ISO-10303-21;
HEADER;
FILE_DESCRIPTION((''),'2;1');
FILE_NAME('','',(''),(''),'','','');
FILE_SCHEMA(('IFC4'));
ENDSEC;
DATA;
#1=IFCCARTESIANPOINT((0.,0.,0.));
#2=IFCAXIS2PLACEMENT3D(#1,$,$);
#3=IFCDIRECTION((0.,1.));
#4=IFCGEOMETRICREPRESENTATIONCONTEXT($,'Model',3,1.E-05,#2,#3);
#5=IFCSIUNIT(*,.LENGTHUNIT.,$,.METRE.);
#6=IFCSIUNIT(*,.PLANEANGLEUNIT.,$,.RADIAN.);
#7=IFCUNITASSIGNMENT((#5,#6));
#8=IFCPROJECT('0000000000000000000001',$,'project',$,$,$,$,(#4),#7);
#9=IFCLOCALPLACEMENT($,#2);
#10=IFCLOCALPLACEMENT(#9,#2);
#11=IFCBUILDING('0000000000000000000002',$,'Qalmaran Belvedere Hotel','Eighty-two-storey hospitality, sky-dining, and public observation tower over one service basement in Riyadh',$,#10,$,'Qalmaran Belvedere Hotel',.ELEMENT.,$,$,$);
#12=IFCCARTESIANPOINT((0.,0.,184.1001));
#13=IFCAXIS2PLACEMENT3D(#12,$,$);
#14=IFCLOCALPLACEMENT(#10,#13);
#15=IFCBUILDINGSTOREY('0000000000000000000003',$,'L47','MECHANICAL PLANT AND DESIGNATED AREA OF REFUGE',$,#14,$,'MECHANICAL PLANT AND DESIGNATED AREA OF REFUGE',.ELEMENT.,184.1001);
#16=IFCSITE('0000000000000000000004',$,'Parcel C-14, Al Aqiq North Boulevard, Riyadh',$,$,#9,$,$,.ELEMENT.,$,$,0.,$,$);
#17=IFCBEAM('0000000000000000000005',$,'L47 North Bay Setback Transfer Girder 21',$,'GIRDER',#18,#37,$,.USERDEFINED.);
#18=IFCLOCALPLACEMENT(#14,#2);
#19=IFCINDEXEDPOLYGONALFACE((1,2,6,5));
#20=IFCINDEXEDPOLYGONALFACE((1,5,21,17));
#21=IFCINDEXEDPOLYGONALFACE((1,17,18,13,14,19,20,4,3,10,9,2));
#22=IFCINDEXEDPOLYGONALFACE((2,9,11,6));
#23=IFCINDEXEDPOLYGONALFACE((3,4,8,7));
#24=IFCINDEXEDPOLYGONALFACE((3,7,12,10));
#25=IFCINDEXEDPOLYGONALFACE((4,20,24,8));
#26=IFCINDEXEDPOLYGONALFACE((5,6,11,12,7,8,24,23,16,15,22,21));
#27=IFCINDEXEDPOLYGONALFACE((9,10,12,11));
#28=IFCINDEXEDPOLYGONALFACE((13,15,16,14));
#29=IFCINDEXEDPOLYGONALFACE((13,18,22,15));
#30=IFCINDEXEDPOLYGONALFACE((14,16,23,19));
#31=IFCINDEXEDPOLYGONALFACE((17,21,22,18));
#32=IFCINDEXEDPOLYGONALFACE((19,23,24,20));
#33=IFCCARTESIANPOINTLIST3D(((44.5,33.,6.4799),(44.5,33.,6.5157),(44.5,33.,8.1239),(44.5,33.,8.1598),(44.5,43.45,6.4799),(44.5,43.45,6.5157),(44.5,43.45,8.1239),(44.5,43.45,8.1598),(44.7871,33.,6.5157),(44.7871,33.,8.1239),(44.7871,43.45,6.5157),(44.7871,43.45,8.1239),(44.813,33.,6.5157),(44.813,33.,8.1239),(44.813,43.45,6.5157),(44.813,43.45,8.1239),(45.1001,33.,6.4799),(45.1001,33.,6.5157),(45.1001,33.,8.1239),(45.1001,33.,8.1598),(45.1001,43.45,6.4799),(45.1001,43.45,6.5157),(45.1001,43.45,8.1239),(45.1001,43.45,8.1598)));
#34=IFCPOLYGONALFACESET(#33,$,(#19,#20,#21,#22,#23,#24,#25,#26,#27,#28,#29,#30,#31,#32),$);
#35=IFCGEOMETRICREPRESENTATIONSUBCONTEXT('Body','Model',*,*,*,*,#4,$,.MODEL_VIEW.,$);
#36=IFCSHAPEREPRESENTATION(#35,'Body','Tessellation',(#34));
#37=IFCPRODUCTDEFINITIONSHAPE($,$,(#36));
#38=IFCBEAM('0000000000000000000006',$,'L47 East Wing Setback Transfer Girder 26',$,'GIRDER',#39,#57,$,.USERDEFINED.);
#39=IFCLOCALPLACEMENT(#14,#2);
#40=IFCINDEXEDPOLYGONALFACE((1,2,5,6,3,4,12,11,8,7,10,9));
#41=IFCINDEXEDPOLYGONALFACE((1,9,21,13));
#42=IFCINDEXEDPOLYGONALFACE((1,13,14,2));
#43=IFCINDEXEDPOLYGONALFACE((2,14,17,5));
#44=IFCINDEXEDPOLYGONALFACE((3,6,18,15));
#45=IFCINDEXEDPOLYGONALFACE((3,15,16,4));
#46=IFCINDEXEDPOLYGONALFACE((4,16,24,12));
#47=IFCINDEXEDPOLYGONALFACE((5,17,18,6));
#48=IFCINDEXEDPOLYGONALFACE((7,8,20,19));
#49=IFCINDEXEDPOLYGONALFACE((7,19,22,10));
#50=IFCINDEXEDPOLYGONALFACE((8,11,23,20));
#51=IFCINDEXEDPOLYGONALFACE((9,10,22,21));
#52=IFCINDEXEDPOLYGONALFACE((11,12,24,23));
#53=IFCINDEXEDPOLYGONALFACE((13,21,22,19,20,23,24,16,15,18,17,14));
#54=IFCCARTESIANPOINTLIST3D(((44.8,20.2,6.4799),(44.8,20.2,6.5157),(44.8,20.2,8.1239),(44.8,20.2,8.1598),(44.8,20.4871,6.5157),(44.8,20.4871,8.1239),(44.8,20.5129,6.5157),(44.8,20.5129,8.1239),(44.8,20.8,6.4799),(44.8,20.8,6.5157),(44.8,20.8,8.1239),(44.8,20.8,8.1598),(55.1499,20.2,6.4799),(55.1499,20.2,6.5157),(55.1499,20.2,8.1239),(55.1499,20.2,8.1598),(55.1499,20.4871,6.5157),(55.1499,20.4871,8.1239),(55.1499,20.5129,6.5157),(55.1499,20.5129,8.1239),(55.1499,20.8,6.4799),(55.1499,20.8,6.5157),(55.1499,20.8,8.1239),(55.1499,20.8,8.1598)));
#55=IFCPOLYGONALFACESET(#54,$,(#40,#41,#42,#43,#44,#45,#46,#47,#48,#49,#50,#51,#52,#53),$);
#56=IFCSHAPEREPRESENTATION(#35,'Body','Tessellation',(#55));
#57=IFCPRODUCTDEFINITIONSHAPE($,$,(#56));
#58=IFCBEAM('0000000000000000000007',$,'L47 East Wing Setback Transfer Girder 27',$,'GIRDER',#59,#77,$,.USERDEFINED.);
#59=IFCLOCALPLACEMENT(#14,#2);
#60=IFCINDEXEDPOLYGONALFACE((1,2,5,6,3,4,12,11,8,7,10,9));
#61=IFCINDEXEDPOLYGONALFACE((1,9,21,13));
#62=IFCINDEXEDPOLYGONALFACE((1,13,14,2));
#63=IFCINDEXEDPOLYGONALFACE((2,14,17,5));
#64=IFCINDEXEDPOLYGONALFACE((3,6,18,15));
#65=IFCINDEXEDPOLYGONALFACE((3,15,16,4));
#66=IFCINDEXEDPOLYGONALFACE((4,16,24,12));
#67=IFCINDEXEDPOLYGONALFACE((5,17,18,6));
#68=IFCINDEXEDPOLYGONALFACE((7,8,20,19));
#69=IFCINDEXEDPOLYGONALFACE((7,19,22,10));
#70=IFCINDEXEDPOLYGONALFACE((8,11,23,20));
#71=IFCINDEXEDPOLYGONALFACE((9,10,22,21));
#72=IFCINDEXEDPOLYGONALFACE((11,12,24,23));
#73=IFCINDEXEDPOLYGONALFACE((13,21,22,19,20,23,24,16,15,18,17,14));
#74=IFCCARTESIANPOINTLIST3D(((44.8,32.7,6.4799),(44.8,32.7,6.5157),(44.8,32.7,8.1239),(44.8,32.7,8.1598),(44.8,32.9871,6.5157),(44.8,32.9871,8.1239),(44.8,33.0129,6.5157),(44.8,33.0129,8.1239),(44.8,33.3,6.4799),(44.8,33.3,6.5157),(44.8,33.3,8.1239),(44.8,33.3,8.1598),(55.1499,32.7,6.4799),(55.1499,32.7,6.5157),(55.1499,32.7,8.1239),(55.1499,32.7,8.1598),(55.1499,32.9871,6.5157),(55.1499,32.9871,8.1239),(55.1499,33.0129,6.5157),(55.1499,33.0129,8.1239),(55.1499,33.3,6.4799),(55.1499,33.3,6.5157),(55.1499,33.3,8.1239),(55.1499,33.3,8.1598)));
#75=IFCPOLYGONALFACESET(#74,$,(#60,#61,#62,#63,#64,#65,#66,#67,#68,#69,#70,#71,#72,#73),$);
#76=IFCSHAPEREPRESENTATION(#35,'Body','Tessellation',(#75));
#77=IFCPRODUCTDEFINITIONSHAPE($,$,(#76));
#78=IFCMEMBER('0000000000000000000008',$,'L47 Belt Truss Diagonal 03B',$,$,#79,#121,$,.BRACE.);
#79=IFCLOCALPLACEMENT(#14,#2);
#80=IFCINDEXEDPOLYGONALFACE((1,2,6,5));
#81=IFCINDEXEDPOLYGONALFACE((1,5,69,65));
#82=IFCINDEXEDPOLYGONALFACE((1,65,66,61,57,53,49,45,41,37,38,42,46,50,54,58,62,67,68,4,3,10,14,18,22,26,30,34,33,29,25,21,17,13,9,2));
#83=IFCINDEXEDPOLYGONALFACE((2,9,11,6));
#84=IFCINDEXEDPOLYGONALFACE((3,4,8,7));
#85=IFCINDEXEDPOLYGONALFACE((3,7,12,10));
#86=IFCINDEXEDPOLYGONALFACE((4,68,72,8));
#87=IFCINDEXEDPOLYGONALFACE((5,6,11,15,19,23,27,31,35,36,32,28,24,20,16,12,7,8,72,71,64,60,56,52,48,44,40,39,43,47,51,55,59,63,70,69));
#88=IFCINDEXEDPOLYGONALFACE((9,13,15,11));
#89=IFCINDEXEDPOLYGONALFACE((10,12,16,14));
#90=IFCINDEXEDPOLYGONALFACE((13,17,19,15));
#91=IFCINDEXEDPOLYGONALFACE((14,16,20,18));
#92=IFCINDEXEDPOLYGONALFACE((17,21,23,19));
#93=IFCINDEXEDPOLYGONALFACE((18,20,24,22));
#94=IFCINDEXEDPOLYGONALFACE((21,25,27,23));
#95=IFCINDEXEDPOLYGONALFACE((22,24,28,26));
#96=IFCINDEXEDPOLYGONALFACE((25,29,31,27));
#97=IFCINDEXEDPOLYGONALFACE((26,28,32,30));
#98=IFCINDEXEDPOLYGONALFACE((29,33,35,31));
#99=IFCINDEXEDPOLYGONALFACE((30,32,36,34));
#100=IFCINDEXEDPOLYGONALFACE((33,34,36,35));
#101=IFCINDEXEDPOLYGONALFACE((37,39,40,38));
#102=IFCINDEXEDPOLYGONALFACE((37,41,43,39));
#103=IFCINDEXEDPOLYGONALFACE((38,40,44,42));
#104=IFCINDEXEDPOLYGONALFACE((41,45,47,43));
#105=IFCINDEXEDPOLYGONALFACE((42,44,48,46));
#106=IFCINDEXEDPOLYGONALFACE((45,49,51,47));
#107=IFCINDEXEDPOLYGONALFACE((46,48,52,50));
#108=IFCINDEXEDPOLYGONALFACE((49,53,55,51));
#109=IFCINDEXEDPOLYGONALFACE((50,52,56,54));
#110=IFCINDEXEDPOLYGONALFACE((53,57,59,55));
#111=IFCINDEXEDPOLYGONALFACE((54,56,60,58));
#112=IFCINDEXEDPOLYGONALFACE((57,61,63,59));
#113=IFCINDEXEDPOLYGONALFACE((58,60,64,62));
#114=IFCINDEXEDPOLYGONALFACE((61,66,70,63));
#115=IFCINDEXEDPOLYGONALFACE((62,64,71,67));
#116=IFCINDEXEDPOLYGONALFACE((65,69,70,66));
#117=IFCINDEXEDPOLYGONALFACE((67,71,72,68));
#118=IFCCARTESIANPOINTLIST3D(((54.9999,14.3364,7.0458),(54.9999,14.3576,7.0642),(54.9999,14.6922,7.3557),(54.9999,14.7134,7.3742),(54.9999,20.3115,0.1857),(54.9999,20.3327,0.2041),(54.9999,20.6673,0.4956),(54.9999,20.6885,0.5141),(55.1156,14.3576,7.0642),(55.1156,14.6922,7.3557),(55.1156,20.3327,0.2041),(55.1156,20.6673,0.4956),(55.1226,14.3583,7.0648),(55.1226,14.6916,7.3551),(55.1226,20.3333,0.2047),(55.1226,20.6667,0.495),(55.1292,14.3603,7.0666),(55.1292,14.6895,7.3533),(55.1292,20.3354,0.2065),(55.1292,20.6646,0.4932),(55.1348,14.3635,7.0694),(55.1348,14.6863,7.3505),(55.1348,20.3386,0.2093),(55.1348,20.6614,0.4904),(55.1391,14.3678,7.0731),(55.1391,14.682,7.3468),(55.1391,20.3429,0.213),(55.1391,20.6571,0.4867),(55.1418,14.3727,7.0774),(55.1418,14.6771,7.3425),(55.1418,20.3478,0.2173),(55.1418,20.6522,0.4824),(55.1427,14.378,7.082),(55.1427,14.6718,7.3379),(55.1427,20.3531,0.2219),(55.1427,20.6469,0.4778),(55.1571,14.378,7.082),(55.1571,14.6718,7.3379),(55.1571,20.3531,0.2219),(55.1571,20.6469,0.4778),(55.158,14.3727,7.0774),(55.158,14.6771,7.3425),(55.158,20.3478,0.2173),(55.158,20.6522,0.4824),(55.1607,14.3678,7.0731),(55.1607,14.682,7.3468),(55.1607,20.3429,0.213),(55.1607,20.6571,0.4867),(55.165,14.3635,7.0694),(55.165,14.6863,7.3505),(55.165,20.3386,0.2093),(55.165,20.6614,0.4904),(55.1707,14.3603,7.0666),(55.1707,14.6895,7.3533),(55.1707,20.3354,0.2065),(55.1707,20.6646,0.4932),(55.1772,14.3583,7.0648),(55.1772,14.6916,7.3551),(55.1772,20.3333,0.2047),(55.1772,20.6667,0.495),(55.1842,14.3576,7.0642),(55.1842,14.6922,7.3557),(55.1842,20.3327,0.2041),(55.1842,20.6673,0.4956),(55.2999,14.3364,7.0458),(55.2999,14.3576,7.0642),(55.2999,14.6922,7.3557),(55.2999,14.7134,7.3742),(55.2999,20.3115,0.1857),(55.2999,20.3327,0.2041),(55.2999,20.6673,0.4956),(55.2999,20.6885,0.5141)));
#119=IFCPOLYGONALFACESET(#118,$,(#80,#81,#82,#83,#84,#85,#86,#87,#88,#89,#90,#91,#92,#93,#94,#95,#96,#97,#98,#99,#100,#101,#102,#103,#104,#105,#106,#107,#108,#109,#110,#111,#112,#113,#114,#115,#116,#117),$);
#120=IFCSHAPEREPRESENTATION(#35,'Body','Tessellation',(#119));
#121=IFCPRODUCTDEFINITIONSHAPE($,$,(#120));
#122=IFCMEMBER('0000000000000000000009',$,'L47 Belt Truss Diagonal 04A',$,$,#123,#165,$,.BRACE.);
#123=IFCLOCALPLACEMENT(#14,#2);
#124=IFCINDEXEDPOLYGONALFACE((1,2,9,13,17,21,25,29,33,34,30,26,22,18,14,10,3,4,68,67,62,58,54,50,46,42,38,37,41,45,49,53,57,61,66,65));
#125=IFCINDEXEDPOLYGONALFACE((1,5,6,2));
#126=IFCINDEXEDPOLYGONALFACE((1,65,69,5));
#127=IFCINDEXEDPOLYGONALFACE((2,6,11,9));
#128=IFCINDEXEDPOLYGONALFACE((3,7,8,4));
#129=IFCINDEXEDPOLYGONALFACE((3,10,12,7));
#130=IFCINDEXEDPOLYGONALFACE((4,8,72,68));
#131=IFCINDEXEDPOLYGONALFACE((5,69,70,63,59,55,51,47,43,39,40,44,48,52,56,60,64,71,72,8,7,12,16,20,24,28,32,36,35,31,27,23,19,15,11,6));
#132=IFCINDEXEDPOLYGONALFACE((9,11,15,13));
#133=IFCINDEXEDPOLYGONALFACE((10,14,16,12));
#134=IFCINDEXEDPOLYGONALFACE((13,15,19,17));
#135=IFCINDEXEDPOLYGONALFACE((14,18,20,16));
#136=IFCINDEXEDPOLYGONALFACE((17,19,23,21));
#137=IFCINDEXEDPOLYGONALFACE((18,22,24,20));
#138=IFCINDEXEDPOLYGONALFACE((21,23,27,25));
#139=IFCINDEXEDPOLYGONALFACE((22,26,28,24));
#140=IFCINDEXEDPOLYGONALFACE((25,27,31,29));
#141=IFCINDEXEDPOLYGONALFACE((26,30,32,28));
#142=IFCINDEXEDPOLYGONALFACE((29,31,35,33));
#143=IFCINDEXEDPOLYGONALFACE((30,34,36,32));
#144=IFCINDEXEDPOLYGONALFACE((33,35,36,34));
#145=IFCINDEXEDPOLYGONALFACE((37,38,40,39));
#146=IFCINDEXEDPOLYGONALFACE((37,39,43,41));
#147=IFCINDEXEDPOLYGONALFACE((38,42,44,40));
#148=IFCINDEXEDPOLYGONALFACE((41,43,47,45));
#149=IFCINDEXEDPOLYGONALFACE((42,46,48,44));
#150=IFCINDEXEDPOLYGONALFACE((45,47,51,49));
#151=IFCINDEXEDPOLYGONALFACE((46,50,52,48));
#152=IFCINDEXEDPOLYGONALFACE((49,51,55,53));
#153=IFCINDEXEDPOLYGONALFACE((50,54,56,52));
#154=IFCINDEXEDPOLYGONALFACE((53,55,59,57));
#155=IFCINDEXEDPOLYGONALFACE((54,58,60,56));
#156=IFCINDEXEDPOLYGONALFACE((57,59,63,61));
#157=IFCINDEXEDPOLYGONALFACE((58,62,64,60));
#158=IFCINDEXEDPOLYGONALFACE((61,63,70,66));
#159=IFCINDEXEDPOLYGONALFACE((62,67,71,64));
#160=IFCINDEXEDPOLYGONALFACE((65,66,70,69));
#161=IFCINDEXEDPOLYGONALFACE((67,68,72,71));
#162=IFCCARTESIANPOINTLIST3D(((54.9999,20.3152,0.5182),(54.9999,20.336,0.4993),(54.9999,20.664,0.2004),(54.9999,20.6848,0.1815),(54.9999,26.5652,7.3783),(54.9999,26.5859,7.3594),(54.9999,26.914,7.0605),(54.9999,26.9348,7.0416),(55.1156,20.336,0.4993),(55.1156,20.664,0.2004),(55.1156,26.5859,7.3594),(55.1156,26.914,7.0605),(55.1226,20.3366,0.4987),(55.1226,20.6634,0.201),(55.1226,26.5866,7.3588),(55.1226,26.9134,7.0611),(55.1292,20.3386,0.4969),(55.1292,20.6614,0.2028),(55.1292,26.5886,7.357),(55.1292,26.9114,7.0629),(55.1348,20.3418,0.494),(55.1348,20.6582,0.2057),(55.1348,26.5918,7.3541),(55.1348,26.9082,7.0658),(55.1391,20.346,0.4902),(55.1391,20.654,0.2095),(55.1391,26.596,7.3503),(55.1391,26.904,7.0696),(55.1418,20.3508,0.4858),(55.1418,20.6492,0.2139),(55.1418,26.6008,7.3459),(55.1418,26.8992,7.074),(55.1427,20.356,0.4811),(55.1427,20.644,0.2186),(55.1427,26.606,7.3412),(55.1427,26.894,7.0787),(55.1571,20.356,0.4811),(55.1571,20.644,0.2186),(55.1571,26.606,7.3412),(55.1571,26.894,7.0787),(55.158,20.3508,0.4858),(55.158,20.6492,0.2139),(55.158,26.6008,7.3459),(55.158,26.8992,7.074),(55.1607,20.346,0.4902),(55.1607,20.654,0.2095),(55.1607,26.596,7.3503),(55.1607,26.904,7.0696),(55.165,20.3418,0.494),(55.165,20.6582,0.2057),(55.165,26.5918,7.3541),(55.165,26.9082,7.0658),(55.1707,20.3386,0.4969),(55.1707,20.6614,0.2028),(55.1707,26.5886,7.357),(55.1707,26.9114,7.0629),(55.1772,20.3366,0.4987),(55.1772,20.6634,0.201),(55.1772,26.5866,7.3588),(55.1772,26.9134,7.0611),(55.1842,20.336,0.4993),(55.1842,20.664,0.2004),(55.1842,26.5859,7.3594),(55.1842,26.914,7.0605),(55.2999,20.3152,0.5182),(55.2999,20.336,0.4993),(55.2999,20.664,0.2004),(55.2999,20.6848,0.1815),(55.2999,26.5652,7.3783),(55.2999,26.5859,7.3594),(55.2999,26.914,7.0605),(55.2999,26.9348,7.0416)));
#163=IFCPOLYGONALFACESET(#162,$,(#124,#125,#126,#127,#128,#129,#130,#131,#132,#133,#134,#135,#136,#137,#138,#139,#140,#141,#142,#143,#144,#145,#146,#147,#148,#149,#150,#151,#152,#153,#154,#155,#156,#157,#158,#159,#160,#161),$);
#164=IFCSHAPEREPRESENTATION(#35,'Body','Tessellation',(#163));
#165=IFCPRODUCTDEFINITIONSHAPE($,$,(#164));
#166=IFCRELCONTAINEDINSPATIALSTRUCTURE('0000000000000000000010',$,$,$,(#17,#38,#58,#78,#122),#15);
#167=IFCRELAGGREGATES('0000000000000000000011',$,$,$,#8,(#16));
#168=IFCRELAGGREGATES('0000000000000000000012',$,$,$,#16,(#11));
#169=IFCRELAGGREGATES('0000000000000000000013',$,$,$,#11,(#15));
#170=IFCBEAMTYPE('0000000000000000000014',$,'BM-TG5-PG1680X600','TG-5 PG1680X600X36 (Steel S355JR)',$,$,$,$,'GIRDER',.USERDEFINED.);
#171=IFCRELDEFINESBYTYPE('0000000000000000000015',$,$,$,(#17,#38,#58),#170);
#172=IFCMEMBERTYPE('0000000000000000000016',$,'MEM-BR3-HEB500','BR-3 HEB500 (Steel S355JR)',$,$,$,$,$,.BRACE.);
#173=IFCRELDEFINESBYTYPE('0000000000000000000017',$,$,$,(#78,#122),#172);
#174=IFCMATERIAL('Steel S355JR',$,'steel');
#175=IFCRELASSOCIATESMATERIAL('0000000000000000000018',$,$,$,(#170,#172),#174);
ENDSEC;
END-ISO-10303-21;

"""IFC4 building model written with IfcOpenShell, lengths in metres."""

from ifc_helpers import new_model, si_unit, direction, frame, origin, origin_2d, place, context, subcontext, project, spatial, i_section, extrude, material, material_profile, profile_set, type_object, element, save


model = new_model("IFC4")

# Units and contexts
model_context = context("Model", 3, precision=1e-05, world=origin(), true_north=direction((0.0, 1.0)))
body_context = subcontext(model_context, "Body", "Model", "MODEL_VIEW")
ifc_project = project(units=[si_unit("LENGTHUNIT", "METRE"), si_unit("PLANEANGLEUNIT", "RADIAN")], contexts=[model_context])

# Site, building, storey
site_placement = place(None, origin())
site = spatial("IfcSite", under=ifc_project, at=site_placement, Name="Parcel C-14, Al Aqiq North Boulevard, Riyadh", CompositionType="ELEMENT", RefElevation=0.0)
building_placement = place(site_placement, origin())
building = spatial("IfcBuilding", under=site, at=building_placement, Name="Qalmaran Belvedere Hotel", Description="Eighty-two-storey hospitality, sky-dining, and public observation tower over one service basement in Riyadh", LongName="Qalmaran Belvedere Hotel", CompositionType="ELEMENT")
storey_placement = place(building_placement, frame((0.0, 0.0, 184.1001)))
storey = spatial("IfcBuildingStorey", under=building, at=storey_placement, Name="L47", Description="MECHANICAL PLANT AND DESIGNATED AREA OF REFUGE", LongName="MECHANICAL PLANT AND DESIGNATED AREA OF REFUGE", CompositionType="ELEMENT", Elevation=184.1001)

# Beams
ifc_material_1 = material(Name="Steel S355JR", Category="steel")
ifc_material_profile_1 = material_profile(ifc_material_1, i_section(OverallWidth=0.6001, OverallDepth=1.6799, WebThickness=0.0259, FlangeThickness=0.0359, at=origin_2d()), Name="PG1680X600X36")
ifc_profile_set_1 = profile_set([ifc_material_profile_1], Name="Steel S355JR")
beam_type_1 = type_object("IfcBeamType", Name="BM-TG5-PG1680X600", Description="TG-5 PG1680X600X36 (Steel S355JR)", ElementType="GIRDER", PredefinedType="USERDEFINED", material=ifc_profile_set_1)
beam_1_placement = place(storey_placement, frame((44.8, 33.0, 7.3198), z_axis=(0.0, 1.0, 0.0), x_axis=(-1.0, 0.0, 0.0)))
element("IfcBeam", 1, at=beam_1_placement, inside=storey, type_object=beam_type_1, Name="L47 North Bay Setback Transfer Girder 21", ObjectType="GIRDER", PredefinedType="USERDEFINED", context=body_context, shape_type="SweptSolid", body=[
    extrude(i_section(OverallWidth=0.6001, OverallDepth=1.6799, WebThickness=0.0259, FlangeThickness=0.0359, at=origin_2d()), origin(), (0.0, 0.0, 1.0), 10.45),
])
for number, where, z_axis, x_axis, name in (
    (2, (44.8, 20.5, 7.3198), (1.0, 0.0, 0.0), (0.0, 1.0, 0.0), "L47 East Wing Setback Transfer Girder 26"),
    (3, (44.8, 33.0, 7.3198), (1.0, 0.0, 0.0), (0.0, 1.0, 0.0), "L47 East Wing Setback Transfer Girder 27"),
):
    element("IfcBeam", number, at=place(storey_placement, frame(where, z_axis=z_axis, x_axis=x_axis)), inside=storey, type_object=beam_type_1, Name=name, ObjectType="GIRDER", PredefinedType="USERDEFINED", context=body_context, shape_type="SweptSolid", body=[
        extrude(i_section(OverallWidth=0.6001, OverallDepth=1.6799, WebThickness=0.0259, FlangeThickness=0.0359, at=origin_2d()), origin(), (0.0, 0.0, 1.0), 10.3499),
    ])

# Members
ifc_material_profile_2 = material_profile(ifc_material_1, i_section(OverallWidth=0.3, OverallDepth=0.5, WebThickness=0.0144, FlangeThickness=0.0281, FilletRadius=0.0271, at=origin_2d()), Name="HEB500")
ifc_profile_set_2 = profile_set([ifc_material_profile_2], Name="Steel S355JR")
member_type_1 = type_object("IfcMemberType", Name="MEM-BR3-HEB500", Description="BR-3 HEB500 (Steel S355JR)", PredefinedType="BRACE", material=ifc_profile_set_2)
member_1_placement = place(storey_placement, frame((55.1499, 20.5, 0.3499), z_axis=(0.0, -0.656791, 0.754073), x_axis=(1.0, 0.0, 0.0)))
element("IfcMember", 4, at=member_1_placement, inside=storey, type_object=member_type_1, Name="L47 Belt Truss Diagonal 03B", PredefinedType="BRACE", context=body_context, shape_type="SweptSolid", body=[
    extrude(i_section(OverallWidth=0.3, OverallDepth=0.5, WebThickness=0.0144, FlangeThickness=0.0281, FilletRadius=0.0271, at=origin_2d()), origin(), (0.0, 0.0, 1.0), 9.0974),
])
for number, where, z_axis, x_axis, name in (
    (5, (55.1499, 20.5, 0.3499), (0.0, 0.673471, 0.739214), (-1.0, 0.0, 0.0), "L47 Belt Truss Diagonal 04A"),
):
    element("IfcMember", number, at=place(storey_placement, frame(where, z_axis=z_axis, x_axis=x_axis)), inside=storey, type_object=member_type_1, Name=name, PredefinedType="BRACE", context=body_context, shape_type="SweptSolid", body=[
        extrude(i_section(OverallWidth=0.3, OverallDepth=0.5, WebThickness=0.0144, FlangeThickness=0.0281, FilletRadius=0.0271, at=origin_2d()), origin(), (0.0, 0.0, 1.0), 9.2803),
    ])

save(model, "model.ifc")
